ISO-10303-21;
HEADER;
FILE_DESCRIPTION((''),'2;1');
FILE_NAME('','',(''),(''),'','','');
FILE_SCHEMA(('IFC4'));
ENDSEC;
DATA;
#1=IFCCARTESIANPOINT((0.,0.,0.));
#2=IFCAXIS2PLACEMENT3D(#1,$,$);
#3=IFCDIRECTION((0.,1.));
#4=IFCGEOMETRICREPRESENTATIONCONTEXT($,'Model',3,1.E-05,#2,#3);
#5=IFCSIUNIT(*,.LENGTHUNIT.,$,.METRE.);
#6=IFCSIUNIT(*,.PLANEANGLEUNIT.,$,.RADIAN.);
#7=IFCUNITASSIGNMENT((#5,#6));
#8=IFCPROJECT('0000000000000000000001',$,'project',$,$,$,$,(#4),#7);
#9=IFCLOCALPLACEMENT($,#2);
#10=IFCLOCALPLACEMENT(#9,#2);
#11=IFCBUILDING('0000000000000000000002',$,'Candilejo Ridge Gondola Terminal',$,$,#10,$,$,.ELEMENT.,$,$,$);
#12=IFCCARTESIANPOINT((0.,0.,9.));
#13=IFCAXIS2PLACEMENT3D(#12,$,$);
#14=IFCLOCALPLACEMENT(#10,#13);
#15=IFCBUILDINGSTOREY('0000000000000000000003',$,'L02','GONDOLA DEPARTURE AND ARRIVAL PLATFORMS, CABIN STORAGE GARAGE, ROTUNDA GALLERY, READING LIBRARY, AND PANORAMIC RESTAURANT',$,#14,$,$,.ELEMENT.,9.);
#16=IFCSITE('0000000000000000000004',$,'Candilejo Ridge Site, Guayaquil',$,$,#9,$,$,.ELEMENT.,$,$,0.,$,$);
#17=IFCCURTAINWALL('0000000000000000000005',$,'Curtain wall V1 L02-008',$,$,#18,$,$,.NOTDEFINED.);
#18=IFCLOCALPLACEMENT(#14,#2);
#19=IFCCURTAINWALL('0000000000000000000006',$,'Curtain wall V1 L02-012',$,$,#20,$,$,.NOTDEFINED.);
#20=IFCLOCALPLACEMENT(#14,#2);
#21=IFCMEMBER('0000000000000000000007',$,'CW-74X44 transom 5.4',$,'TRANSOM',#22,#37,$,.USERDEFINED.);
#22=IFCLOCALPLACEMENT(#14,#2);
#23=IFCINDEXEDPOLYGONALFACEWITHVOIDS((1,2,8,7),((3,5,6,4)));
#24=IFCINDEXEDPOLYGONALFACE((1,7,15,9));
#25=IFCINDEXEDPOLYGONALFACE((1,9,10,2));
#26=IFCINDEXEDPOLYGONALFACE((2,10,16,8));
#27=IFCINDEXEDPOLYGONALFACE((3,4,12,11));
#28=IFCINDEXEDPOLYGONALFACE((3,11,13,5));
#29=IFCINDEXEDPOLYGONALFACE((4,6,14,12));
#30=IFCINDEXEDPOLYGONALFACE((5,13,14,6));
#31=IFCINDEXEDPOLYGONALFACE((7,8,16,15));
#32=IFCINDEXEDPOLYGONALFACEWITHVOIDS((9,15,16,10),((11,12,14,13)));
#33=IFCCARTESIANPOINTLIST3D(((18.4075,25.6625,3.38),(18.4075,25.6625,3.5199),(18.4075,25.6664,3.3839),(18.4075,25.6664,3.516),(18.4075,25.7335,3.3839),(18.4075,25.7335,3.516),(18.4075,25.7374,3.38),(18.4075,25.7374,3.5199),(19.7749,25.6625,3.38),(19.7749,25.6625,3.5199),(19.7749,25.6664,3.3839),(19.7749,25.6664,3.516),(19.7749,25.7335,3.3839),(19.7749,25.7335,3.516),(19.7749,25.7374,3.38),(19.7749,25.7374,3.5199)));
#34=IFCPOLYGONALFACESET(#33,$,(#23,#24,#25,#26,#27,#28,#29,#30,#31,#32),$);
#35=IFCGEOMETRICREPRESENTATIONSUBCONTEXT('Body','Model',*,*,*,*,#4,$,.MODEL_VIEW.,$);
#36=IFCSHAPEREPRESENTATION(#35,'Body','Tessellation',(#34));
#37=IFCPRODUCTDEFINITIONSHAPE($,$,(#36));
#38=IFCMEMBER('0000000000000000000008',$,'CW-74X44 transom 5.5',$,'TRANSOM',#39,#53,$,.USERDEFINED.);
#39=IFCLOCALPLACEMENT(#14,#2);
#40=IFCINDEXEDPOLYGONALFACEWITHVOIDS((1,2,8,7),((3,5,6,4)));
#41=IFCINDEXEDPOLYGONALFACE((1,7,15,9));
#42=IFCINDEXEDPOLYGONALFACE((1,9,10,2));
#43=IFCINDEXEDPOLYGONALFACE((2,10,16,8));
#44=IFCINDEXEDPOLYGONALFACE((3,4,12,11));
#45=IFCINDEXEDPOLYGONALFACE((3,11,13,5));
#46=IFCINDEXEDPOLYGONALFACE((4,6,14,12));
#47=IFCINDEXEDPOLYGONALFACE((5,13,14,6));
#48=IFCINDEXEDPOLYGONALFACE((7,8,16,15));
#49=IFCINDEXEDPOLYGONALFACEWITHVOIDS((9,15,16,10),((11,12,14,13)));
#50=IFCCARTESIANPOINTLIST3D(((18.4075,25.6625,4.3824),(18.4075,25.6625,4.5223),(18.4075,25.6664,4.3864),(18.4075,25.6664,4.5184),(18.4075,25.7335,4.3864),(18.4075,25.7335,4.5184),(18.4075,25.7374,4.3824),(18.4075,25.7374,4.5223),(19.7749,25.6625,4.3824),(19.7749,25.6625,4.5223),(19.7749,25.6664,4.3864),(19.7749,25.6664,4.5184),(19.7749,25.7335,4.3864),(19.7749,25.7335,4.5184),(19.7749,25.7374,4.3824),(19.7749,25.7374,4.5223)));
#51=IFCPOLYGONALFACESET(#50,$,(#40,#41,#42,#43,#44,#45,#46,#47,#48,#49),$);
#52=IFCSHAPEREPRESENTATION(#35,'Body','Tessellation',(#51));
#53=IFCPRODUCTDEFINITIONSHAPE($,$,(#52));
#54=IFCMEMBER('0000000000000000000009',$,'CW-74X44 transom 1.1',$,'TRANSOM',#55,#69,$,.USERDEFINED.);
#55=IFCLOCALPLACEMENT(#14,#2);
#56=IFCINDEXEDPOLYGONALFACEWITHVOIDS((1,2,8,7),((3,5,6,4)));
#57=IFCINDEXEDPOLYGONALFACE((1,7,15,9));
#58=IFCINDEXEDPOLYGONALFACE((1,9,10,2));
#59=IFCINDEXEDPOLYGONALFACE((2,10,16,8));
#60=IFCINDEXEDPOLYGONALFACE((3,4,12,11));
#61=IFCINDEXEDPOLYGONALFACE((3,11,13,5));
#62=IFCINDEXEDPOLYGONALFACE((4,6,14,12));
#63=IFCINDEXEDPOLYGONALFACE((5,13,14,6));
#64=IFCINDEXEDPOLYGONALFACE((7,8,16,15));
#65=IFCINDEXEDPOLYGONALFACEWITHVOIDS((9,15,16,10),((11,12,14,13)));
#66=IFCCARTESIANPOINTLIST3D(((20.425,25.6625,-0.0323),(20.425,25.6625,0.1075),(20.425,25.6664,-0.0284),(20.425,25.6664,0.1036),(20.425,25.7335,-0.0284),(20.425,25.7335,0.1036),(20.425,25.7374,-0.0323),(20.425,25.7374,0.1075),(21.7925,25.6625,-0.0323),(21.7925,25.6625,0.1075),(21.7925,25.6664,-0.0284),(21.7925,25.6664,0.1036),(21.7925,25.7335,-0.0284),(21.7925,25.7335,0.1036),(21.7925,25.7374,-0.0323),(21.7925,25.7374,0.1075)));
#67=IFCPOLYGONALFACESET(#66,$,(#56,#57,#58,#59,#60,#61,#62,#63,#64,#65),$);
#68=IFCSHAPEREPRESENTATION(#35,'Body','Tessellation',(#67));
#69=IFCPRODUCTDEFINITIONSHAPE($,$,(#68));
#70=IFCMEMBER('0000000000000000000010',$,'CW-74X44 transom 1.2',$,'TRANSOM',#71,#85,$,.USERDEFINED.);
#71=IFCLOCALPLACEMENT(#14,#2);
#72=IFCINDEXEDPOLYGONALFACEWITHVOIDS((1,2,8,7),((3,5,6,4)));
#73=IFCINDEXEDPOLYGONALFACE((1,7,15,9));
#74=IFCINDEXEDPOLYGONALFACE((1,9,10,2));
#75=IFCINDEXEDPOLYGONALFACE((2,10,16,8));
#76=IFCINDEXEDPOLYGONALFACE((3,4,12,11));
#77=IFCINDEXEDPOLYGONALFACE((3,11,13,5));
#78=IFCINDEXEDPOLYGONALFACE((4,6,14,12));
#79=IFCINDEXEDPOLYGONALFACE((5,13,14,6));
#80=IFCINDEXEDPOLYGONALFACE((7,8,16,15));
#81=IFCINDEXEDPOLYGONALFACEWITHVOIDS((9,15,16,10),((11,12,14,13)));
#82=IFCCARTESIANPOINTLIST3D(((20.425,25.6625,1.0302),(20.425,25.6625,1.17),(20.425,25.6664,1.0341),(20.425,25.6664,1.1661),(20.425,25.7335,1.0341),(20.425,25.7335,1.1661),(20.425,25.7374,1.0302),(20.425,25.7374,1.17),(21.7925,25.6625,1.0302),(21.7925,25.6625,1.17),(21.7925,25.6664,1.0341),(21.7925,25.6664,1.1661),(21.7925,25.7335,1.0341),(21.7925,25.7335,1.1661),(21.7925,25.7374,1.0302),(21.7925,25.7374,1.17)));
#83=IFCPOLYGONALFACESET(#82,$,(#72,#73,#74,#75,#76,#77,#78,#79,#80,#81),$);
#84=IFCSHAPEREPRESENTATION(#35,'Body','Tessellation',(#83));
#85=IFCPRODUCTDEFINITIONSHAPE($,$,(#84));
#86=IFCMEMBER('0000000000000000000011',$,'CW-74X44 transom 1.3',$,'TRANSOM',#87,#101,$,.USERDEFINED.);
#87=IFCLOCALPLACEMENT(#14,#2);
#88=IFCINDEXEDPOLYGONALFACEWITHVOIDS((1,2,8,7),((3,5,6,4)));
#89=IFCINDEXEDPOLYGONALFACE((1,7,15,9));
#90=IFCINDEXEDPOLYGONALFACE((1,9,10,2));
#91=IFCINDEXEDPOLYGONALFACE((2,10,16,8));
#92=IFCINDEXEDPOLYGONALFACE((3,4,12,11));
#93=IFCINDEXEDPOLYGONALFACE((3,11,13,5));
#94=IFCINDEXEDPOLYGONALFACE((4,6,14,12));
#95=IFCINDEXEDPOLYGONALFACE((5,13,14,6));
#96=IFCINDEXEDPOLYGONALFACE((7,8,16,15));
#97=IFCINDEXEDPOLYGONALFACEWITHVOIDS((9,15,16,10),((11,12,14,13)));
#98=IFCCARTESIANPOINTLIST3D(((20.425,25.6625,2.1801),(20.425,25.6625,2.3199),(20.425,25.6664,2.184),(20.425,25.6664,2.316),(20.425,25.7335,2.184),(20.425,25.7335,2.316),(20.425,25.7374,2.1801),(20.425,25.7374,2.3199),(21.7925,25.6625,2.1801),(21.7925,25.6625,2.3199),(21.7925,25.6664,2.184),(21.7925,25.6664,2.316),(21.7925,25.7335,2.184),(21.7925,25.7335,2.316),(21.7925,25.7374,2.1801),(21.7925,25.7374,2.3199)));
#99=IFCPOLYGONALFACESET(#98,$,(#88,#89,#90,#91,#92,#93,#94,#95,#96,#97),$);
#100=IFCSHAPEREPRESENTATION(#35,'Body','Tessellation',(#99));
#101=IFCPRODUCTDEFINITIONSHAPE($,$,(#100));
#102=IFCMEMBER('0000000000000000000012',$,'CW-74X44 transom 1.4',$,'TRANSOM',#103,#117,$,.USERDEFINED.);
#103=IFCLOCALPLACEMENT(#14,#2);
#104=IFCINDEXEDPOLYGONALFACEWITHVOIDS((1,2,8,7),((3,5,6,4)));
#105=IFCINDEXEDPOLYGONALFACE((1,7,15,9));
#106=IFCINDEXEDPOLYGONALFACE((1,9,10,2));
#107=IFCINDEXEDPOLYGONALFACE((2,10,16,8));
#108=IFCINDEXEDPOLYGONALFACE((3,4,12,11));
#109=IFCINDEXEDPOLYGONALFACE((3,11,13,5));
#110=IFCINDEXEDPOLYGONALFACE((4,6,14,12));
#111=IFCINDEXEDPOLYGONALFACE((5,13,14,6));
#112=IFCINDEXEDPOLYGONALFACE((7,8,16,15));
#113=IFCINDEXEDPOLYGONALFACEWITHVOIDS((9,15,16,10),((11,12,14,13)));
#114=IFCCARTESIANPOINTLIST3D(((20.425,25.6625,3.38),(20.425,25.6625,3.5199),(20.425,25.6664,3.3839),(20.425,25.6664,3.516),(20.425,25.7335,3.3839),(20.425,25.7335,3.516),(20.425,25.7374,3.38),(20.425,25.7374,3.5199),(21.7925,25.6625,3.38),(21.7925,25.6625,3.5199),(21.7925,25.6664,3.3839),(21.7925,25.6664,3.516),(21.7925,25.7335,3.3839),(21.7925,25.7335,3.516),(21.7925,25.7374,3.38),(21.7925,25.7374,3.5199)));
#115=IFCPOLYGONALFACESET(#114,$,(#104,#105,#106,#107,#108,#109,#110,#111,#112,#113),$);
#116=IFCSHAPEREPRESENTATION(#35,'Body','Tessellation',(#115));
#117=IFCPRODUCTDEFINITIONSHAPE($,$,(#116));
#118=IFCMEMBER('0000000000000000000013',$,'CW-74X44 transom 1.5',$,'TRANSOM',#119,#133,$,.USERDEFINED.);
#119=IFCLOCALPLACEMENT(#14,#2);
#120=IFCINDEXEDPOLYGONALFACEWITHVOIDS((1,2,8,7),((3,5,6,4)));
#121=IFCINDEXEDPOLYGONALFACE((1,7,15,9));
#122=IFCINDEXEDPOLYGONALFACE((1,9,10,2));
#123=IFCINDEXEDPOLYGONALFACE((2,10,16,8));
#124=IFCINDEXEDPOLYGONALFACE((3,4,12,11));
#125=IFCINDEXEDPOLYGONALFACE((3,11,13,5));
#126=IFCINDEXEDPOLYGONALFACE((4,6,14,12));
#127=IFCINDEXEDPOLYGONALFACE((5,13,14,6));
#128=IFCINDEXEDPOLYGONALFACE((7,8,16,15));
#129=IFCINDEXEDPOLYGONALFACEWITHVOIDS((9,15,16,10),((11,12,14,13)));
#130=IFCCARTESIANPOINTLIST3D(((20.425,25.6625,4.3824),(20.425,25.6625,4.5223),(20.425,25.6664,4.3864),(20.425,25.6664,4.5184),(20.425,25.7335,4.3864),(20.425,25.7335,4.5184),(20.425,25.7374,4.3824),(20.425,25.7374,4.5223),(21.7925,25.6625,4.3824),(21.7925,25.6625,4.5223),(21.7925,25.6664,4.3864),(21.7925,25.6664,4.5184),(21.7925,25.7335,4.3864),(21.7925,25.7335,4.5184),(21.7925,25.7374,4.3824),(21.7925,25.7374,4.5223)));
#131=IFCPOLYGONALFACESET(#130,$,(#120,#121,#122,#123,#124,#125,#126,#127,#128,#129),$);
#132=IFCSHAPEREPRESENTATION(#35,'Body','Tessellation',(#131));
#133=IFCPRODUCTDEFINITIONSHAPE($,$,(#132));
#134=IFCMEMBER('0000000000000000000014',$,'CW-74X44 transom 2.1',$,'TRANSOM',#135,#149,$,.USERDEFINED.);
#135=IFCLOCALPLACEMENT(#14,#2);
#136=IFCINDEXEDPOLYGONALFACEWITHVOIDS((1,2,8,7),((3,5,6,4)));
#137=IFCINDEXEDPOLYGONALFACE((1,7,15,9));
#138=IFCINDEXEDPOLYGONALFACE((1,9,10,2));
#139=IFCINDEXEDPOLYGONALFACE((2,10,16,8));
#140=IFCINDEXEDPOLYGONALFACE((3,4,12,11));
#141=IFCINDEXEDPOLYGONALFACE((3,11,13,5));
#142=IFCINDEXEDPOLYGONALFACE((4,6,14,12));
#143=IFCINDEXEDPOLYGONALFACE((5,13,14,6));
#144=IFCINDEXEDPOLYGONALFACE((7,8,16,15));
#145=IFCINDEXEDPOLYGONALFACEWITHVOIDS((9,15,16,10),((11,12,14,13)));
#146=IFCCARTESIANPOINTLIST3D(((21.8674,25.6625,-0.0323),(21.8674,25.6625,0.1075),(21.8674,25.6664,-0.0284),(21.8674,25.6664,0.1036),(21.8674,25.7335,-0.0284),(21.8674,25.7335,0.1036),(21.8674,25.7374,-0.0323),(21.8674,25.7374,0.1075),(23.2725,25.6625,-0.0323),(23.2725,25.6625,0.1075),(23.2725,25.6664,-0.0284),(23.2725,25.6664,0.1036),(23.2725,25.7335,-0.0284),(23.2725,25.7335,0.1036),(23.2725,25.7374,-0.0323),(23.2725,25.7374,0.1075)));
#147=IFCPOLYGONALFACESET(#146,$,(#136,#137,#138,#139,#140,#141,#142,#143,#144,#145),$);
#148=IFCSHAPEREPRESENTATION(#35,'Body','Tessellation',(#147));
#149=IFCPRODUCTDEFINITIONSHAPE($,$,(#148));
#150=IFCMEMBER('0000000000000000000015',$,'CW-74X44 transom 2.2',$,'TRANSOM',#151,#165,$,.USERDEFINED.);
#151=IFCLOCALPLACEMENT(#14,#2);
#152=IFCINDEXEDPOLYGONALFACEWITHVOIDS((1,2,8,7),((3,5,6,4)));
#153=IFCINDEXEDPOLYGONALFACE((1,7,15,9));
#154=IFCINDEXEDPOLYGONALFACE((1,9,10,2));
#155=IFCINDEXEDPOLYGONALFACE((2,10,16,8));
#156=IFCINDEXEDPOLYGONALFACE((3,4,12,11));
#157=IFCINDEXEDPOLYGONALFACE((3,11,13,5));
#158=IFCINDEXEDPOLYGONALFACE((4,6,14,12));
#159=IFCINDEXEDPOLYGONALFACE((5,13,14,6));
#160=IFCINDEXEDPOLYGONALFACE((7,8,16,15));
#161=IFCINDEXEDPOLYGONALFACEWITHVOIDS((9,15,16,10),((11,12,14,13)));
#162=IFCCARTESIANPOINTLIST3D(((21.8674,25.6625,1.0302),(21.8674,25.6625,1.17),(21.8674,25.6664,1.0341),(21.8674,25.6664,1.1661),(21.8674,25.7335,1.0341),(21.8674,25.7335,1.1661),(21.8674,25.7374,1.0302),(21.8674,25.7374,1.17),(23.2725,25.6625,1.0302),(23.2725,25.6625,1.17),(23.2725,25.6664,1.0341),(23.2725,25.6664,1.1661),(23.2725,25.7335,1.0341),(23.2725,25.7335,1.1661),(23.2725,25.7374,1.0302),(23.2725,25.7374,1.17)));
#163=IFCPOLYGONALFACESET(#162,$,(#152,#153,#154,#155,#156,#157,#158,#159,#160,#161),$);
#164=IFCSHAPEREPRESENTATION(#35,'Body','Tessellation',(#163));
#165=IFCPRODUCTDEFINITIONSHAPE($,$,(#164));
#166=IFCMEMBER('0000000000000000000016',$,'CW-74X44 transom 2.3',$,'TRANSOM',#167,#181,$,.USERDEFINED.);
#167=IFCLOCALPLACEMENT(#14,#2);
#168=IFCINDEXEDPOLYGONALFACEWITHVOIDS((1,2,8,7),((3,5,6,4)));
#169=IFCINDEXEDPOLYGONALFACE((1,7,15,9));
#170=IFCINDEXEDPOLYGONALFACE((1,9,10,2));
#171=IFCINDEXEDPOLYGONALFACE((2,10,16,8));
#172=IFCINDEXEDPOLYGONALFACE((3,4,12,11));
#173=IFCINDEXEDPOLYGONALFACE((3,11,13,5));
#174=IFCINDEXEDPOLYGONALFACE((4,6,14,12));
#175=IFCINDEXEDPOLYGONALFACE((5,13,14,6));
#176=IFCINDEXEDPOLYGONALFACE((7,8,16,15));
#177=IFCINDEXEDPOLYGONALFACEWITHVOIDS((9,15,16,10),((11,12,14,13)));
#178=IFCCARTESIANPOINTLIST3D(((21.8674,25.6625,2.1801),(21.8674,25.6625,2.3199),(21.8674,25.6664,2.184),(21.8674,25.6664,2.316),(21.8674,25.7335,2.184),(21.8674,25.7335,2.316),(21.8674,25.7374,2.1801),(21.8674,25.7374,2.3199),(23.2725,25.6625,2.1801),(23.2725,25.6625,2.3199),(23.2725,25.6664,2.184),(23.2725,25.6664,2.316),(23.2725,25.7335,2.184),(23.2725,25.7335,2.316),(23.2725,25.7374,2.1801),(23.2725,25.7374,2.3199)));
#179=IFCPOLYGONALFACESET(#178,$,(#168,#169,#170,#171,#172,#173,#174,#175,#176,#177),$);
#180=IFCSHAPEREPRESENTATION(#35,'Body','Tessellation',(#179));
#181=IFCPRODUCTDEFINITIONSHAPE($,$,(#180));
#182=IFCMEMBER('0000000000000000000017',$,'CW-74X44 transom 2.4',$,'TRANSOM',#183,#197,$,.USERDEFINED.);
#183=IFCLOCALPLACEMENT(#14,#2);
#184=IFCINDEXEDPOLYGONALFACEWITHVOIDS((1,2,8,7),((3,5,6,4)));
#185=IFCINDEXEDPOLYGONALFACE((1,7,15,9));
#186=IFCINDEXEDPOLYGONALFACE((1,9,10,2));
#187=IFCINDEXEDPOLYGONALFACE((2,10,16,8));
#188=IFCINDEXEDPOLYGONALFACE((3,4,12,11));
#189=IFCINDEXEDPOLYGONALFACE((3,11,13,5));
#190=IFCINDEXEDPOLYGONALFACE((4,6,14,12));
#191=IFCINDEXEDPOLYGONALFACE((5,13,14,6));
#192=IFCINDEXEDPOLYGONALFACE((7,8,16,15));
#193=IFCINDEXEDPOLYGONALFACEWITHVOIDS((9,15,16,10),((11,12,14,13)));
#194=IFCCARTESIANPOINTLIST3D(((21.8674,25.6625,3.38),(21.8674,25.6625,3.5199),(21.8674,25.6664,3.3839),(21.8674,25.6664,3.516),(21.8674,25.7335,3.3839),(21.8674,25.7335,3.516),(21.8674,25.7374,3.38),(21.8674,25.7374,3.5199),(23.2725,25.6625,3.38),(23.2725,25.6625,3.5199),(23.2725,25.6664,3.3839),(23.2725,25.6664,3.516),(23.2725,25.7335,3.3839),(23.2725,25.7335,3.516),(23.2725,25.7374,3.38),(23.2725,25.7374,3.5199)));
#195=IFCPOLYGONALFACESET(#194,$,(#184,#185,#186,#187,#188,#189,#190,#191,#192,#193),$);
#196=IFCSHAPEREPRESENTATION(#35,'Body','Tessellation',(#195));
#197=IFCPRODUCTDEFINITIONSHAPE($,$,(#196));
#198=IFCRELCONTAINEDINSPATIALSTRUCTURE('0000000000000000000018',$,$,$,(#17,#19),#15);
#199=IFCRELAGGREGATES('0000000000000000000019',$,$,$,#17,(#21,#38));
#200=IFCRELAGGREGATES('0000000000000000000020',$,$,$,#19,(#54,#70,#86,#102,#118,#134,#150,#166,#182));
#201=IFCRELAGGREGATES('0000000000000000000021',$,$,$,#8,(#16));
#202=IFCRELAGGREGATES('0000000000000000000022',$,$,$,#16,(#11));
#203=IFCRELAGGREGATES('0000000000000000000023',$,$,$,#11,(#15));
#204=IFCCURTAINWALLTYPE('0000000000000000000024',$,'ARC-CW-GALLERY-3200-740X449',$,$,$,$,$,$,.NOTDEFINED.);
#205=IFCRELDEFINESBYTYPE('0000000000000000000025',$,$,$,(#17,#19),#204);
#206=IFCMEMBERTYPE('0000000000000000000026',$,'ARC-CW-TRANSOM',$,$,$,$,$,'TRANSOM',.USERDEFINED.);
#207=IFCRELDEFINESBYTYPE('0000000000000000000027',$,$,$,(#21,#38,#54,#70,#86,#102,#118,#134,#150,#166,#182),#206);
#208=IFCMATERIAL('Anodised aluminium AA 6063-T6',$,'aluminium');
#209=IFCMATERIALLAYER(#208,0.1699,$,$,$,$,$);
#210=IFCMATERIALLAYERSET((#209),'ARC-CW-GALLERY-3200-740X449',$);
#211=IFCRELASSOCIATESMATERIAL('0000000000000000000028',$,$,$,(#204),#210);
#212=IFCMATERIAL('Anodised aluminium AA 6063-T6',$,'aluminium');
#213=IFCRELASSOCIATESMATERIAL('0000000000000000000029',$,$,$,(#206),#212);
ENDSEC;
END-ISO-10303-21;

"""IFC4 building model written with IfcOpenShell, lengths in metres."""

from ifc_helpers import new_model, si_unit, direction, frame, origin, origin_2d, place, context, subcontext, project, spatial, hollow_rectangle, extrude, material, layer, layer_set, material_profile, profile_set, type_object, element, aggregate, save


model = new_model("IFC4")

# Units and contexts
model_context = context("Model", 3, precision=1e-05, world=origin(), true_north=direction((0.0, 1.0)))
body_context = subcontext(model_context, "Body", "Model", "MODEL_VIEW")
ifc_project = project(units=[si_unit("LENGTHUNIT", "METRE"), si_unit("PLANEANGLEUNIT", "RADIAN")], contexts=[model_context])

# Site, building, storey
site_placement = place(None, origin())
site = spatial("IfcSite", under=ifc_project, at=site_placement, Name="Candilejo Ridge Site, Guayaquil", CompositionType="ELEMENT", RefElevation=0.0)
building_placement = place(site_placement, origin())
building = spatial("IfcBuilding", under=site, at=building_placement, Name="Candilejo Ridge Gondola Terminal", CompositionType="ELEMENT")
storey_placement = place(building_placement, frame((0.0, 0.0, 9.0)))
storey = spatial("IfcBuildingStorey", under=building, at=storey_placement, Name="L02", Description="GONDOLA DEPARTURE AND ARRIVAL PLATFORMS, CABIN STORAGE GARAGE, ROTUNDA GALLERY, READING LIBRARY, AND PANORAMIC RESTAURANT", CompositionType="ELEMENT", Elevation=9.0)

# Curtain walls
ifc_material_1 = material(Name="Anodised aluminium AA 6063-T6", Category="aluminium")
ifc_layer_1 = layer(ifc_material_1, 0.1699)
ifc_layer_set_1 = layer_set([ifc_layer_1], Name="ARC-CW-GALLERY-3200-740X449")
curtain_wall_type = type_object("IfcCurtainWallType", Name="ARC-CW-GALLERY-3200-740X449", PredefinedType="NOTDEFINED", material=ifc_layer_set_1)
curtain_wall_1_placement = place(storey_placement, origin())
curtain_wall_1 = element("IfcCurtainWall", 1, at=curtain_wall_1_placement, inside=storey, type_object=curtain_wall_type, Name="Curtain wall V1 L02-008", PredefinedType="NOTDEFINED")
curtain_wall_2_placement = place(storey_placement, origin())
curtain_wall_2 = element("IfcCurtainWall", 2, at=curtain_wall_2_placement, inside=storey, type_object=curtain_wall_type, Name="Curtain wall V1 L02-012", PredefinedType="NOTDEFINED")

# Members
ifc_material_2 = material(Name="Anodised aluminium AA 6063-T6", Category="aluminium")
ifc_material_profile_1 = material_profile(ifc_material_2, hollow_rectangle(XDim=0.075, YDim=0.1399, WallThickness=0.0039, at=origin_2d()))
ifc_profile_set_1 = profile_set([ifc_material_profile_1], Name="Anodised aluminium AA 6063-T6")
member_type_1 = type_object("IfcMemberType", Name="ARC-CW-TRANSOM", ElementType="TRANSOM", PredefinedType="USERDEFINED", material=ifc_profile_set_1)
member_1_placement = place(storey_placement, frame((18.4075, 25.7, 3.45), z_axis=(1.0, 0.0, 0.0), x_axis=(0.0, 1.0, 0.0)))
member_1 = element("IfcMember", 3, at=member_1_placement, type_object=member_type_1, Name="CW-74X44 transom 5.4", ObjectType="TRANSOM", PredefinedType="USERDEFINED", context=body_context, shape_type="SweptSolid", body=[
    extrude(hollow_rectangle(XDim=0.075, YDim=0.1399, WallThickness=0.0039, at=origin_2d()), origin(), (0.0, 0.0, 1.0), 1.3674),
])
member_2_placement = place(storey_placement, frame((18.4075, 25.7, 4.4524), z_axis=(1.0, 0.0, 0.0), x_axis=(0.0, 1.0, 0.0)))
member_2 = element("IfcMember", 4, at=member_2_placement, type_object=member_type_1, Name="CW-74X44 transom 5.5", ObjectType="TRANSOM", PredefinedType="USERDEFINED", context=body_context, shape_type="SweptSolid", body=[
    extrude(hollow_rectangle(XDim=0.075, YDim=0.1399, WallThickness=0.0039, at=origin_2d()), origin(), (0.0, 0.0, 1.0), 1.3674),
])
member_3_placement = place(storey_placement, frame((20.425, 25.7, 0.0376), z_axis=(1.0, 0.0, 0.0), x_axis=(0.0, 1.0, 0.0)))
member_3 = element("IfcMember", 5, at=member_3_placement, type_object=member_type_1, Name="CW-74X44 transom 1.1", ObjectType="TRANSOM", PredefinedType="USERDEFINED", context=body_context, shape_type="SweptSolid", body=[
    extrude(hollow_rectangle(XDim=0.075, YDim=0.1399, WallThickness=0.0039, at=origin_2d()), origin(), (0.0, 0.0, 1.0), 1.3674),
])
member_4_placement = place(storey_placement, frame((20.425, 25.7, 1.1001), z_axis=(1.0, 0.0, 0.0), x_axis=(0.0, 1.0, 0.0)))
member_4 = element("IfcMember", 6, at=member_4_placement, type_object=member_type_1, Name="CW-74X44 transom 1.2", ObjectType="TRANSOM", PredefinedType="USERDEFINED", context=body_context, shape_type="SweptSolid", body=[
    extrude(hollow_rectangle(XDim=0.075, YDim=0.1399, WallThickness=0.0039, at=origin_2d()), origin(), (0.0, 0.0, 1.0), 1.3674),
])
member_5_placement = place(storey_placement, frame((20.425, 25.7, 2.25), z_axis=(1.0, 0.0, 0.0), x_axis=(0.0, 1.0, 0.0)))
member_5 = element("IfcMember", 7, at=member_5_placement, type_object=member_type_1, Name="CW-74X44 transom 1.3", ObjectType="TRANSOM", PredefinedType="USERDEFINED", context=body_context, shape_type="SweptSolid", body=[
    extrude(hollow_rectangle(XDim=0.075, YDim=0.1399, WallThickness=0.0039, at=origin_2d()), origin(), (0.0, 0.0, 1.0), 1.3674),
])
member_6_placement = place(storey_placement, frame((20.425, 25.7, 3.45), z_axis=(1.0, 0.0, 0.0), x_axis=(0.0, 1.0, 0.0)))
member_6 = element("IfcMember", 8, at=member_6_placement, type_object=member_type_1, Name="CW-74X44 transom 1.4", ObjectType="TRANSOM", PredefinedType="USERDEFINED", context=body_context, shape_type="SweptSolid", body=[
    extrude(hollow_rectangle(XDim=0.075, YDim=0.1399, WallThickness=0.0039, at=origin_2d()), origin(), (0.0, 0.0, 1.0), 1.3674),
])
member_7_placement = place(storey_placement, frame((20.425, 25.7, 4.4524), z_axis=(1.0, 0.0, 0.0), x_axis=(0.0, 1.0, 0.0)))
member_7 = element("IfcMember", 9, at=member_7_placement, type_object=member_type_1, Name="CW-74X44 transom 1.5", ObjectType="TRANSOM", PredefinedType="USERDEFINED", context=body_context, shape_type="SweptSolid", body=[
    extrude(hollow_rectangle(XDim=0.075, YDim=0.1399, WallThickness=0.0039, at=origin_2d()), origin(), (0.0, 0.0, 1.0), 1.3674),
])
member_8_placement = place(storey_placement, frame((21.8674, 25.7, 0.0376), z_axis=(1.0, 0.0, 0.0), x_axis=(0.0, 1.0, 0.0)))
member_8 = element("IfcMember", 10, at=member_8_placement, type_object=member_type_1, Name="CW-74X44 transom 2.1", ObjectType="TRANSOM", PredefinedType="USERDEFINED", context=body_context, shape_type="SweptSolid", body=[
    extrude(hollow_rectangle(XDim=0.075, YDim=0.1399, WallThickness=0.0039, at=origin_2d()), origin(), (0.0, 0.0, 1.0), 1.405),
])
member_9_placement = place(storey_placement, frame((21.8674, 25.7, 1.1001), z_axis=(1.0, 0.0, 0.0), x_axis=(0.0, 1.0, 0.0)))
member_9 = element("IfcMember", 11, at=member_9_placement, type_object=member_type_1, Name="CW-74X44 transom 2.2", ObjectType="TRANSOM", PredefinedType="USERDEFINED", context=body_context, shape_type="SweptSolid", body=[
    extrude(hollow_rectangle(XDim=0.075, YDim=0.1399, WallThickness=0.0039, at=origin_2d()), origin(), (0.0, 0.0, 1.0), 1.405),
])
member_10_placement = place(storey_placement, frame((21.8674, 25.7, 2.25), z_axis=(1.0, 0.0, 0.0), x_axis=(0.0, 1.0, 0.0)))
member_10 = element("IfcMember", 12, at=member_10_placement, type_object=member_type_1, Name="CW-74X44 transom 2.3", ObjectType="TRANSOM", PredefinedType="USERDEFINED", context=body_context, shape_type="SweptSolid", body=[
    extrude(hollow_rectangle(XDim=0.075, YDim=0.1399, WallThickness=0.0039, at=origin_2d()), origin(), (0.0, 0.0, 1.0), 1.405),
])
member_11_placement = place(storey_placement, frame((21.8674, 25.7, 3.45), z_axis=(1.0, 0.0, 0.0), x_axis=(0.0, 1.0, 0.0)))
member_11 = element("IfcMember", 13, at=member_11_placement, type_object=member_type_1, Name="CW-74X44 transom 2.4", ObjectType="TRANSOM", PredefinedType="USERDEFINED", context=body_context, shape_type="SweptSolid", body=[
    extrude(hollow_rectangle(XDim=0.075, YDim=0.1399, WallThickness=0.0039, at=origin_2d()), origin(), (0.0, 0.0, 1.0), 1.405),
])

aggregate(curtain_wall_1, [member_1, member_2])
aggregate(curtain_wall_2, [member_3, member_4, member_5, member_6, member_7, member_8, member_9, member_10, member_11])

save(model, "model.ifc")
